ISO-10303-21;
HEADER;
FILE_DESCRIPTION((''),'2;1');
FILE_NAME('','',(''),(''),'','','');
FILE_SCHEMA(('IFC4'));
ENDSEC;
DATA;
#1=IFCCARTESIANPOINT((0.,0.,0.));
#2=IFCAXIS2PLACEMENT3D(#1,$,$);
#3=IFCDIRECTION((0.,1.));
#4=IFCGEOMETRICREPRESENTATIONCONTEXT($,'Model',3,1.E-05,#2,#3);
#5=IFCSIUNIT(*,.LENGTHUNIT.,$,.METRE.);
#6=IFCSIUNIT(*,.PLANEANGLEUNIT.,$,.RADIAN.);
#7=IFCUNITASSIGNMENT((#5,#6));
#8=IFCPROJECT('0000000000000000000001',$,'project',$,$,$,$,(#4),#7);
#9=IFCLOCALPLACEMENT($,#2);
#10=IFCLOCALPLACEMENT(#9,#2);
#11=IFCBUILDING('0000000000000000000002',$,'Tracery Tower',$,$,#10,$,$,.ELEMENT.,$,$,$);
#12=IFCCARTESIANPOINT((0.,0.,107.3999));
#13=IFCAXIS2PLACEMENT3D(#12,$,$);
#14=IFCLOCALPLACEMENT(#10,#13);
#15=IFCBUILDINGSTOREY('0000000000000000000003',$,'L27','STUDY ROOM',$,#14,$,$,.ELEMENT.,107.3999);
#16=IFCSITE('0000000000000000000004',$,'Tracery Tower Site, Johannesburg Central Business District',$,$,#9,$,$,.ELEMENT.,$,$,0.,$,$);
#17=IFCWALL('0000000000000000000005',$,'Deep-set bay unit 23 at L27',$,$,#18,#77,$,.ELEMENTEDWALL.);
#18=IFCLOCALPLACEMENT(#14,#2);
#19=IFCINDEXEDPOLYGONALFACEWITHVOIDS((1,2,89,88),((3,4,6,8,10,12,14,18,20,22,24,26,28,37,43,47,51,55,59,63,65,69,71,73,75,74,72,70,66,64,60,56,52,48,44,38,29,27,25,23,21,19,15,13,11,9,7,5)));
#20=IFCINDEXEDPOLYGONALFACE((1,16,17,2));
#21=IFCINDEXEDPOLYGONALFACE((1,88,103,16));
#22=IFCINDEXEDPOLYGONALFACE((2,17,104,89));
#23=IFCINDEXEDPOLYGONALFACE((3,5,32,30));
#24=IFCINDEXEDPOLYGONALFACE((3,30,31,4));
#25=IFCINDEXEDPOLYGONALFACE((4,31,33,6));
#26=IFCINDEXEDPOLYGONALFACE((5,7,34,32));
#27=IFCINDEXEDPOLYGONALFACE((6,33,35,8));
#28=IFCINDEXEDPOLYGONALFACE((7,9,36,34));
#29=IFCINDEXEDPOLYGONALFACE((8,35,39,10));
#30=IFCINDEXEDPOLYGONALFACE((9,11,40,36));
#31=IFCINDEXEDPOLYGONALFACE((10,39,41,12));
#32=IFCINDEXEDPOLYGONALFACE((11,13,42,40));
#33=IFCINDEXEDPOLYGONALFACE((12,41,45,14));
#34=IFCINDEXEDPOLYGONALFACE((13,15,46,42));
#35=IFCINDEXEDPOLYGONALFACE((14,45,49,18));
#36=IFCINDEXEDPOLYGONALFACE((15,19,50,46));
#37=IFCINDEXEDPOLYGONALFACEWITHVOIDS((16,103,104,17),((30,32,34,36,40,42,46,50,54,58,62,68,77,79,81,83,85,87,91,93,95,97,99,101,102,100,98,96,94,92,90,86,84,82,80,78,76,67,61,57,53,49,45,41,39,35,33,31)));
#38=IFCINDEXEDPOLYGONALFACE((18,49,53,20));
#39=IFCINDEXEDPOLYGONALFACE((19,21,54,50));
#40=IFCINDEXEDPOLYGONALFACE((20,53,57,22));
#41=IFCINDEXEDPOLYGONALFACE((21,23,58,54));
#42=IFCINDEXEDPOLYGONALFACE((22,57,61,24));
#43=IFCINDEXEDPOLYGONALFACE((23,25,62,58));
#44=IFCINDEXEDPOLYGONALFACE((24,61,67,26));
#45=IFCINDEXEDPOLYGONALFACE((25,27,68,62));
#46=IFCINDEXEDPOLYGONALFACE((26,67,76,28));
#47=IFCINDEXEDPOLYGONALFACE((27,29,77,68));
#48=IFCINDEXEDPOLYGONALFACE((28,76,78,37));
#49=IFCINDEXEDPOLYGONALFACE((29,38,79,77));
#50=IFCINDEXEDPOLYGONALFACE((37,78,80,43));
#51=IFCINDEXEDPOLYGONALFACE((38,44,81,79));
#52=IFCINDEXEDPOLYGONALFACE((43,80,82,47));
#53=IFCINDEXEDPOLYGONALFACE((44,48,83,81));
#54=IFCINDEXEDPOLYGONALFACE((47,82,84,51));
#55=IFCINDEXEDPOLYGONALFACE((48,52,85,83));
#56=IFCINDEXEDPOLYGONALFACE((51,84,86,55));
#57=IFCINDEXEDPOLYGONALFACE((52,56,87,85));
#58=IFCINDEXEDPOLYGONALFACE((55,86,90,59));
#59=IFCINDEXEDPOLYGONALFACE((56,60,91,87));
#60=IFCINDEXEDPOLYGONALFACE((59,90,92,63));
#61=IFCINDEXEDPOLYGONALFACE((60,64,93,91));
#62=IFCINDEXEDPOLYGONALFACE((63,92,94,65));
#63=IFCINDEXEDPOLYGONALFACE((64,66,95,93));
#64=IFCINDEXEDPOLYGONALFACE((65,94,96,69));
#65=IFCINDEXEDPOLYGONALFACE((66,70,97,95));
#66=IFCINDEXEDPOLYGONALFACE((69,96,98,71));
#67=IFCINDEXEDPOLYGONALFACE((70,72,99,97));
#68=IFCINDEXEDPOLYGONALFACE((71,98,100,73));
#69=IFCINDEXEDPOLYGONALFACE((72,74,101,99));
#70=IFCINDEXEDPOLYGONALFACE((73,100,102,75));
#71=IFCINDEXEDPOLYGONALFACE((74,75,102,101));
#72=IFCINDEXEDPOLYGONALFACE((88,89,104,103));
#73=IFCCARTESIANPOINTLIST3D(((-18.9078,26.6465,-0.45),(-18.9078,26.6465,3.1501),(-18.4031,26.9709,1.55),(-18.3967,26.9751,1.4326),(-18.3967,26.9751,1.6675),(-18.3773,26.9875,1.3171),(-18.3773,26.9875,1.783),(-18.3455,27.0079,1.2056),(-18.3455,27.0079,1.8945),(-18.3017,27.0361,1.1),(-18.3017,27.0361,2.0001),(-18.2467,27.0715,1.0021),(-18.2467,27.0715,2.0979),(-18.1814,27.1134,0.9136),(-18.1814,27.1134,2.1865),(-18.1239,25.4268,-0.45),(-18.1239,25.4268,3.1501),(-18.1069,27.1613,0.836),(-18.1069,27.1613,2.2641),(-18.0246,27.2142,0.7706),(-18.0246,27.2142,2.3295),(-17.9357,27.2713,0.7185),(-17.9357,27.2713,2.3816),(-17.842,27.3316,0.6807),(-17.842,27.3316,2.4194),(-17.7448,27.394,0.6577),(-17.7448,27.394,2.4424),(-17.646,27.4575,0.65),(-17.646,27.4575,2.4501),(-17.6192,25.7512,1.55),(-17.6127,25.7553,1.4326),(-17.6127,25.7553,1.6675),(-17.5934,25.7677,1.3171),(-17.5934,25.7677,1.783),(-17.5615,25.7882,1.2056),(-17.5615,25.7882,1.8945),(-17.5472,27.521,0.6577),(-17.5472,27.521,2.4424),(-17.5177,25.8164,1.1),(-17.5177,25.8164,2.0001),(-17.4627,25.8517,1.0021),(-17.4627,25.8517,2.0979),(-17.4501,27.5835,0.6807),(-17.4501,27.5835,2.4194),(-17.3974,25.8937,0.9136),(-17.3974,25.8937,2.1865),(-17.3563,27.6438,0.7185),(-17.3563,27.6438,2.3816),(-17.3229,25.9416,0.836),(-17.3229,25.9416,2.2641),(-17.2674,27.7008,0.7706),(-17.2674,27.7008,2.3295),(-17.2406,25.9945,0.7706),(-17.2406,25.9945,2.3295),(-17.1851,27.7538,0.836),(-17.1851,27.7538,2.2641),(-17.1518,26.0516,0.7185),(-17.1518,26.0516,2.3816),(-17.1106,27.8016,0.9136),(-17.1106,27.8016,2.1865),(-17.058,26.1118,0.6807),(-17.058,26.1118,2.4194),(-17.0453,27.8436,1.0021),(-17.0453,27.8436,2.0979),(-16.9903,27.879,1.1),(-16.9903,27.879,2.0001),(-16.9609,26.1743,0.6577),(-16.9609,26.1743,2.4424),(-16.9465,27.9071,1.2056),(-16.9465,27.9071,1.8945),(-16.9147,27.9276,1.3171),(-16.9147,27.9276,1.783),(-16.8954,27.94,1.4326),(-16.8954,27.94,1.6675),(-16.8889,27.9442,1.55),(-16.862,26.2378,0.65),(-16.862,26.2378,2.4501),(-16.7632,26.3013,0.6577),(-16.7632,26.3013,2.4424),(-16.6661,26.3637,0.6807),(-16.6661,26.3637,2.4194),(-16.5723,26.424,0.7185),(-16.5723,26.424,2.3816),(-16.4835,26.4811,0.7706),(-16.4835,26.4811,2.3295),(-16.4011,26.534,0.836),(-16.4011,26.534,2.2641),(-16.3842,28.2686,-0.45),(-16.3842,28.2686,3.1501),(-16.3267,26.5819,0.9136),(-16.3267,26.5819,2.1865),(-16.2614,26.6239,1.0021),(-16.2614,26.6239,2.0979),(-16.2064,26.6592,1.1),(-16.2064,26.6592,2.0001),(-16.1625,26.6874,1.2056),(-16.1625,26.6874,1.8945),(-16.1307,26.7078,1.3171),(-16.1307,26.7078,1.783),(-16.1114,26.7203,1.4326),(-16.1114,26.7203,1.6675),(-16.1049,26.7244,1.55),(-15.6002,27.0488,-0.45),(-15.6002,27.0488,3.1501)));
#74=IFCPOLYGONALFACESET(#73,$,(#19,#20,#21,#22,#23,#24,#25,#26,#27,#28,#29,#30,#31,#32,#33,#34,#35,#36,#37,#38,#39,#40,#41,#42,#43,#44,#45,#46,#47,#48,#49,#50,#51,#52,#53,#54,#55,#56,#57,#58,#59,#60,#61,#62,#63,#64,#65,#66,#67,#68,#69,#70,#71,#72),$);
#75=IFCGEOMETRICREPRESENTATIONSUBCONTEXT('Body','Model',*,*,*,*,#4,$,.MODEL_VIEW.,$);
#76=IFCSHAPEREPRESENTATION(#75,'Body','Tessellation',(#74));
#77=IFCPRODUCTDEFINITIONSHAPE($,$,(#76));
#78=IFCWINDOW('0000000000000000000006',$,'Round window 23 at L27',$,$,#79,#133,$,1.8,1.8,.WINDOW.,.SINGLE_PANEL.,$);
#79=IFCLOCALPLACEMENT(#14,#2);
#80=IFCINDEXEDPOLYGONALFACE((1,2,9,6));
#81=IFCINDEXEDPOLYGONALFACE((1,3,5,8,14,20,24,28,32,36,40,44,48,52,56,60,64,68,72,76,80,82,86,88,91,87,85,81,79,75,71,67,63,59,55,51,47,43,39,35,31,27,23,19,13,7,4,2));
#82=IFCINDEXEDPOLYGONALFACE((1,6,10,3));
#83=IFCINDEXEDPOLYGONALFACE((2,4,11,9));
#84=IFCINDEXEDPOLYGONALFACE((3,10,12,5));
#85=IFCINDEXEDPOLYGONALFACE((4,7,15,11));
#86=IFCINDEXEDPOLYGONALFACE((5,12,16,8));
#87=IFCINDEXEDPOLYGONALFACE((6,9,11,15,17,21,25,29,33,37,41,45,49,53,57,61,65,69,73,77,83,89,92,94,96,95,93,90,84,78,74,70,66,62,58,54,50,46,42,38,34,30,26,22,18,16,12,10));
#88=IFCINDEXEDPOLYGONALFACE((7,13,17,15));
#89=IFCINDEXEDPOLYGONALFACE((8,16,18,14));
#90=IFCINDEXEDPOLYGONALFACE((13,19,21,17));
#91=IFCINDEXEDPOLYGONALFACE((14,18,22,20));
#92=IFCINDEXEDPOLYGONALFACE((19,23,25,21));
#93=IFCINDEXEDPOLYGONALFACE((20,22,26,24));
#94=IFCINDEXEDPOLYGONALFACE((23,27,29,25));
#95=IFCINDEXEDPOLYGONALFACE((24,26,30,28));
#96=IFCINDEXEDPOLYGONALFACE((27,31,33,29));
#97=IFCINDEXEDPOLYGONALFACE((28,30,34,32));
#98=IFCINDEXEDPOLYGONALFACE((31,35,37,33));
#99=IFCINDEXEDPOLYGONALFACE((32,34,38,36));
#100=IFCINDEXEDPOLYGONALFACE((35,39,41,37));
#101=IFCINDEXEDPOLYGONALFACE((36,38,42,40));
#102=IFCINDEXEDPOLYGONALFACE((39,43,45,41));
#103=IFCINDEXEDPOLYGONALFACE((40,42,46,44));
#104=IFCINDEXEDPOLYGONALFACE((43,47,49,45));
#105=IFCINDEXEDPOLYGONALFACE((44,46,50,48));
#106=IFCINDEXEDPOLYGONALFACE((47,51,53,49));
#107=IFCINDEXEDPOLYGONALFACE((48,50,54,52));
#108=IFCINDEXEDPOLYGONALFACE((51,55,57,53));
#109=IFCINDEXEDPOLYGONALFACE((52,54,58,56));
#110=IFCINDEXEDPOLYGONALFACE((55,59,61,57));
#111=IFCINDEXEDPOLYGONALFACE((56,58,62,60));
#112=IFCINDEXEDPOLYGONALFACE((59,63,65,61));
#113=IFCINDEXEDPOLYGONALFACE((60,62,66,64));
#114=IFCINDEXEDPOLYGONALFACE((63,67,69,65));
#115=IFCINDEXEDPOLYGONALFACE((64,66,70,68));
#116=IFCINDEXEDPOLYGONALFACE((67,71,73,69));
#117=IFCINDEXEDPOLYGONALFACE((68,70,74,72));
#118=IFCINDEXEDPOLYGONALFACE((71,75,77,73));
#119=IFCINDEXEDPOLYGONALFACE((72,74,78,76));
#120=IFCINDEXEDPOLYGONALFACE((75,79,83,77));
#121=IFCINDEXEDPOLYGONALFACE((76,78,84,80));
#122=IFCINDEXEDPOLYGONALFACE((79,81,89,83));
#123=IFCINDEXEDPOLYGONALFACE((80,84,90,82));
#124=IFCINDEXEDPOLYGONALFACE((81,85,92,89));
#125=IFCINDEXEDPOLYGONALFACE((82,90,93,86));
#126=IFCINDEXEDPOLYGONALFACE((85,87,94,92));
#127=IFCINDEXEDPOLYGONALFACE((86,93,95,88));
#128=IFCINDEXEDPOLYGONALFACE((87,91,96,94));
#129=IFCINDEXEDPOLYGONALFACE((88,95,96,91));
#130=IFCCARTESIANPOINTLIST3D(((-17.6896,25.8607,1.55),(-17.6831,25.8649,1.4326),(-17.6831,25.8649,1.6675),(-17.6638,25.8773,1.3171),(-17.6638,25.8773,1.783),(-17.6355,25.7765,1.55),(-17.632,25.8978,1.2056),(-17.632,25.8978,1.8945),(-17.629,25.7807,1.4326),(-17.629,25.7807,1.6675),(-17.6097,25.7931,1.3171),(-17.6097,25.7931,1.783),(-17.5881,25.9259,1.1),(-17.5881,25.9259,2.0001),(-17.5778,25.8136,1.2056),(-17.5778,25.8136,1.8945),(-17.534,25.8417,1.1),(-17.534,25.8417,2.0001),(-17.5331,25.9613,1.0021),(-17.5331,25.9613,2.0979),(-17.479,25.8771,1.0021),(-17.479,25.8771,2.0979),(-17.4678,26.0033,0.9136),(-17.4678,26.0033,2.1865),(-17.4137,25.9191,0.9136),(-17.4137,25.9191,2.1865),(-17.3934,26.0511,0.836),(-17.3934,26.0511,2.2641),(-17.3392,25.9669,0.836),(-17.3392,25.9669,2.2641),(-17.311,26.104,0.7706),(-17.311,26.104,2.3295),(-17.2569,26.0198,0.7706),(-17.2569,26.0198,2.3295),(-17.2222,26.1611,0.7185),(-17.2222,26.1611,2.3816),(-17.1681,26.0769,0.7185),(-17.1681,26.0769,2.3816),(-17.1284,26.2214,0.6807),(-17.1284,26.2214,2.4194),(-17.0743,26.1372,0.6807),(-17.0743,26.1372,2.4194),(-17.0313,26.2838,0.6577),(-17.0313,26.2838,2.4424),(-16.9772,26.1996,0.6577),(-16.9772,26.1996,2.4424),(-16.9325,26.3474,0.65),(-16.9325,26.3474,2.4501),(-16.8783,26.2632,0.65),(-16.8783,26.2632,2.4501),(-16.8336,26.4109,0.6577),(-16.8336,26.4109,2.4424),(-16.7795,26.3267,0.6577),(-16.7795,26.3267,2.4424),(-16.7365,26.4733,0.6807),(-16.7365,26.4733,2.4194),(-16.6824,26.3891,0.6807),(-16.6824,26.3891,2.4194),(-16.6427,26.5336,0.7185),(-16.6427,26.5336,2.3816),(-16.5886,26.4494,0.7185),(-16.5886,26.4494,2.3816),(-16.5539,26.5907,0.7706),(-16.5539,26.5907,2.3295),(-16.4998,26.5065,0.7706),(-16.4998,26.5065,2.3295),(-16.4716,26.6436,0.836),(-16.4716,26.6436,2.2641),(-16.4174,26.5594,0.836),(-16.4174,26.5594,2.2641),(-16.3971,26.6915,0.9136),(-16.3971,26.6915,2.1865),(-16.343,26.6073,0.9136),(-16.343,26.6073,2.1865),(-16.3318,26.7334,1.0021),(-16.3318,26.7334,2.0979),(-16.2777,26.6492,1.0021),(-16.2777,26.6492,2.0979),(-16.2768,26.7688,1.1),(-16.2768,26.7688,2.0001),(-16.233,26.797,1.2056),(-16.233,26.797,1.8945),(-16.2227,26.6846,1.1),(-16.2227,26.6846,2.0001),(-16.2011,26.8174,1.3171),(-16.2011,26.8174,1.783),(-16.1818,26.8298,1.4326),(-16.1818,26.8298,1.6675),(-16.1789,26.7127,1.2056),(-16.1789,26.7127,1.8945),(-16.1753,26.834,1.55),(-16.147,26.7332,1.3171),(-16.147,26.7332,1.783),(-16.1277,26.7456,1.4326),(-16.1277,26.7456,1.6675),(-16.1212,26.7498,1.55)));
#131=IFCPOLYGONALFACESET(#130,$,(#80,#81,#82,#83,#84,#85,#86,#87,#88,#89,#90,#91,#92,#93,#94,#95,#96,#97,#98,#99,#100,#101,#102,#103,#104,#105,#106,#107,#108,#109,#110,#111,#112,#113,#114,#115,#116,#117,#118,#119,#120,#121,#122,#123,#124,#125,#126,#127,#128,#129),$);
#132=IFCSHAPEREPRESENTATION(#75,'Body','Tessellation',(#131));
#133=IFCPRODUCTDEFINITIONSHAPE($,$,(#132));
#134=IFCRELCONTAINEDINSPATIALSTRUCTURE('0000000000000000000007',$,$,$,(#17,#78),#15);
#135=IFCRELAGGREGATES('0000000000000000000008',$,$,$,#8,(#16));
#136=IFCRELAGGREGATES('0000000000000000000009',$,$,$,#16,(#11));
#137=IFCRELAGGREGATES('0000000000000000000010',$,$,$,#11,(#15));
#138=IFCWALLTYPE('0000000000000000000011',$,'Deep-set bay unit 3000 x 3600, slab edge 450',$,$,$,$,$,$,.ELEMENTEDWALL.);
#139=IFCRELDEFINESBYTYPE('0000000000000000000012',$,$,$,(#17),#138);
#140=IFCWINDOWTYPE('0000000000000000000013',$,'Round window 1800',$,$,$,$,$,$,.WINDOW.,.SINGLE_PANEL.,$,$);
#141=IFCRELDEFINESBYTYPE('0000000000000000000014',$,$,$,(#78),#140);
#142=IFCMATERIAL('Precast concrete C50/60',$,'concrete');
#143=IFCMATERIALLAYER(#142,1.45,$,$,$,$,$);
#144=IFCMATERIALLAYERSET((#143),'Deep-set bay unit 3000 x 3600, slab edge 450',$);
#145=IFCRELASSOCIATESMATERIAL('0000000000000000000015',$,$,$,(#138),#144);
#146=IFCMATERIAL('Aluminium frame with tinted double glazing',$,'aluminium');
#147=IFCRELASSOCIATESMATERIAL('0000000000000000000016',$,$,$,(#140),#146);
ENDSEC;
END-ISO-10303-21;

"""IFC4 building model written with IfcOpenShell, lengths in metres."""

from ifc_helpers import new_model, si_unit, direction, frame, frame_2d, origin, origin_2d, place, context, subcontext, project, spatial, rectangle, circle, extrude, material, layer, layer_set, type_object, element, fill, save


model = new_model("IFC4")

# Units and contexts
model_context = context("Model", 3, precision=1e-05, world=origin(), true_north=direction((0.0, 1.0)))
body_context = subcontext(model_context, "Body", "Model", "MODEL_VIEW")
ifc_project = project(units=[si_unit("LENGTHUNIT", "METRE"), si_unit("PLANEANGLEUNIT", "RADIAN")], contexts=[model_context])

# Site, building, storey
site_placement = place(None, origin())
site = spatial("IfcSite", under=ifc_project, at=site_placement, Name="Tracery Tower Site, Johannesburg Central Business District", CompositionType="ELEMENT", RefElevation=0.0)
building_placement = place(site_placement, origin())
building = spatial("IfcBuilding", under=site, at=building_placement, Name="Tracery Tower", CompositionType="ELEMENT")
storey_placement = place(building_placement, frame((0.0, 0.0, 107.3999)))
storey = spatial("IfcBuildingStorey", under=building, at=storey_placement, Name="L27", Description="STUDY ROOM", CompositionType="ELEMENT", Elevation=107.3999)

# Wall, opening, window
ifc_material_1 = material(Name="Precast concrete C50/60", Category="concrete")
ifc_layer_1 = layer(ifc_material_1, 1.45)
ifc_layer_set_1 = layer_set([ifc_layer_1], Name="Deep-set bay unit 3000 x 3600, slab edge 450")
wall_type_1 = type_object("IfcWallType", Name="Deep-set bay unit 3000 x 3600, slab edge 450", PredefinedType="ELEMENTEDWALL", material=ifc_layer_set_1)
wall_1_placement = place(storey_placement, frame((-15.9922, 27.6587, -0.45), z_axis=(0.0, 0.0, 1.0), x_axis=(-0.841223, -0.540688, 0.0)))
wall_1 = element("IfcWall", 1, at=wall_1_placement, inside=storey, type_object=wall_type_1, Name="Deep-set bay unit 23 at L27", PredefinedType="ELEMENTEDWALL", context=body_context, shape_type="SweptSolid", body=[
    extrude(rectangle(XDim=3.0, YDim=1.45, at=frame_2d((1.5, 0.0))), origin(), (0.0, 0.0, 1.0), 3.6001),
])
opening_1_placement = place(wall_1_placement, frame((1.5, 0.0, 2.0)))
opening_1 = element("IfcOpeningElement", 2, at=opening_1_placement, cuts=wall_1, PredefinedType="OPENING", context=body_context, shape_type="SweptSolid", body=[
    extrude(circle(Radius=0.9, at=origin_2d()), frame((0.0, 0.7349, 0.0), z_axis=(0.0, -1.0, 0.0), x_axis=(1.0, 0.0, 0.0)), (0.0, 0.0, 1.0), 1.47),
])
ifc_material_2 = material(Name="Aluminium frame with tinted double glazing", Category="aluminium")
window_type = type_object("IfcWindowType", Name="Round window 1800", PartitioningType="SINGLE_PANEL", PredefinedType="WINDOW", material=ifc_material_2)
window_1_placement = place(opening_1_placement, origin())
window_1 = element("IfcWindow", 3, at=window_1_placement, inside=storey, type_object=window_type, Name="Round window 23 at L27", OverallHeight=1.8, OverallWidth=1.8, PartitioningType="SINGLE_PANEL", PredefinedType="WINDOW", context=body_context, shape_type="SweptSolid", body=[
    extrude(circle(Radius=0.9, at=origin_2d()), frame((0.0, 0.6948, 0.0), z_axis=(0.0, -1.0, 0.0), x_axis=(1.0, 0.0, 0.0)), (0.0, 0.0, 1.0), 0.1001),
])
fill(opening_1, window_1)

save(model, "model.ifc")
